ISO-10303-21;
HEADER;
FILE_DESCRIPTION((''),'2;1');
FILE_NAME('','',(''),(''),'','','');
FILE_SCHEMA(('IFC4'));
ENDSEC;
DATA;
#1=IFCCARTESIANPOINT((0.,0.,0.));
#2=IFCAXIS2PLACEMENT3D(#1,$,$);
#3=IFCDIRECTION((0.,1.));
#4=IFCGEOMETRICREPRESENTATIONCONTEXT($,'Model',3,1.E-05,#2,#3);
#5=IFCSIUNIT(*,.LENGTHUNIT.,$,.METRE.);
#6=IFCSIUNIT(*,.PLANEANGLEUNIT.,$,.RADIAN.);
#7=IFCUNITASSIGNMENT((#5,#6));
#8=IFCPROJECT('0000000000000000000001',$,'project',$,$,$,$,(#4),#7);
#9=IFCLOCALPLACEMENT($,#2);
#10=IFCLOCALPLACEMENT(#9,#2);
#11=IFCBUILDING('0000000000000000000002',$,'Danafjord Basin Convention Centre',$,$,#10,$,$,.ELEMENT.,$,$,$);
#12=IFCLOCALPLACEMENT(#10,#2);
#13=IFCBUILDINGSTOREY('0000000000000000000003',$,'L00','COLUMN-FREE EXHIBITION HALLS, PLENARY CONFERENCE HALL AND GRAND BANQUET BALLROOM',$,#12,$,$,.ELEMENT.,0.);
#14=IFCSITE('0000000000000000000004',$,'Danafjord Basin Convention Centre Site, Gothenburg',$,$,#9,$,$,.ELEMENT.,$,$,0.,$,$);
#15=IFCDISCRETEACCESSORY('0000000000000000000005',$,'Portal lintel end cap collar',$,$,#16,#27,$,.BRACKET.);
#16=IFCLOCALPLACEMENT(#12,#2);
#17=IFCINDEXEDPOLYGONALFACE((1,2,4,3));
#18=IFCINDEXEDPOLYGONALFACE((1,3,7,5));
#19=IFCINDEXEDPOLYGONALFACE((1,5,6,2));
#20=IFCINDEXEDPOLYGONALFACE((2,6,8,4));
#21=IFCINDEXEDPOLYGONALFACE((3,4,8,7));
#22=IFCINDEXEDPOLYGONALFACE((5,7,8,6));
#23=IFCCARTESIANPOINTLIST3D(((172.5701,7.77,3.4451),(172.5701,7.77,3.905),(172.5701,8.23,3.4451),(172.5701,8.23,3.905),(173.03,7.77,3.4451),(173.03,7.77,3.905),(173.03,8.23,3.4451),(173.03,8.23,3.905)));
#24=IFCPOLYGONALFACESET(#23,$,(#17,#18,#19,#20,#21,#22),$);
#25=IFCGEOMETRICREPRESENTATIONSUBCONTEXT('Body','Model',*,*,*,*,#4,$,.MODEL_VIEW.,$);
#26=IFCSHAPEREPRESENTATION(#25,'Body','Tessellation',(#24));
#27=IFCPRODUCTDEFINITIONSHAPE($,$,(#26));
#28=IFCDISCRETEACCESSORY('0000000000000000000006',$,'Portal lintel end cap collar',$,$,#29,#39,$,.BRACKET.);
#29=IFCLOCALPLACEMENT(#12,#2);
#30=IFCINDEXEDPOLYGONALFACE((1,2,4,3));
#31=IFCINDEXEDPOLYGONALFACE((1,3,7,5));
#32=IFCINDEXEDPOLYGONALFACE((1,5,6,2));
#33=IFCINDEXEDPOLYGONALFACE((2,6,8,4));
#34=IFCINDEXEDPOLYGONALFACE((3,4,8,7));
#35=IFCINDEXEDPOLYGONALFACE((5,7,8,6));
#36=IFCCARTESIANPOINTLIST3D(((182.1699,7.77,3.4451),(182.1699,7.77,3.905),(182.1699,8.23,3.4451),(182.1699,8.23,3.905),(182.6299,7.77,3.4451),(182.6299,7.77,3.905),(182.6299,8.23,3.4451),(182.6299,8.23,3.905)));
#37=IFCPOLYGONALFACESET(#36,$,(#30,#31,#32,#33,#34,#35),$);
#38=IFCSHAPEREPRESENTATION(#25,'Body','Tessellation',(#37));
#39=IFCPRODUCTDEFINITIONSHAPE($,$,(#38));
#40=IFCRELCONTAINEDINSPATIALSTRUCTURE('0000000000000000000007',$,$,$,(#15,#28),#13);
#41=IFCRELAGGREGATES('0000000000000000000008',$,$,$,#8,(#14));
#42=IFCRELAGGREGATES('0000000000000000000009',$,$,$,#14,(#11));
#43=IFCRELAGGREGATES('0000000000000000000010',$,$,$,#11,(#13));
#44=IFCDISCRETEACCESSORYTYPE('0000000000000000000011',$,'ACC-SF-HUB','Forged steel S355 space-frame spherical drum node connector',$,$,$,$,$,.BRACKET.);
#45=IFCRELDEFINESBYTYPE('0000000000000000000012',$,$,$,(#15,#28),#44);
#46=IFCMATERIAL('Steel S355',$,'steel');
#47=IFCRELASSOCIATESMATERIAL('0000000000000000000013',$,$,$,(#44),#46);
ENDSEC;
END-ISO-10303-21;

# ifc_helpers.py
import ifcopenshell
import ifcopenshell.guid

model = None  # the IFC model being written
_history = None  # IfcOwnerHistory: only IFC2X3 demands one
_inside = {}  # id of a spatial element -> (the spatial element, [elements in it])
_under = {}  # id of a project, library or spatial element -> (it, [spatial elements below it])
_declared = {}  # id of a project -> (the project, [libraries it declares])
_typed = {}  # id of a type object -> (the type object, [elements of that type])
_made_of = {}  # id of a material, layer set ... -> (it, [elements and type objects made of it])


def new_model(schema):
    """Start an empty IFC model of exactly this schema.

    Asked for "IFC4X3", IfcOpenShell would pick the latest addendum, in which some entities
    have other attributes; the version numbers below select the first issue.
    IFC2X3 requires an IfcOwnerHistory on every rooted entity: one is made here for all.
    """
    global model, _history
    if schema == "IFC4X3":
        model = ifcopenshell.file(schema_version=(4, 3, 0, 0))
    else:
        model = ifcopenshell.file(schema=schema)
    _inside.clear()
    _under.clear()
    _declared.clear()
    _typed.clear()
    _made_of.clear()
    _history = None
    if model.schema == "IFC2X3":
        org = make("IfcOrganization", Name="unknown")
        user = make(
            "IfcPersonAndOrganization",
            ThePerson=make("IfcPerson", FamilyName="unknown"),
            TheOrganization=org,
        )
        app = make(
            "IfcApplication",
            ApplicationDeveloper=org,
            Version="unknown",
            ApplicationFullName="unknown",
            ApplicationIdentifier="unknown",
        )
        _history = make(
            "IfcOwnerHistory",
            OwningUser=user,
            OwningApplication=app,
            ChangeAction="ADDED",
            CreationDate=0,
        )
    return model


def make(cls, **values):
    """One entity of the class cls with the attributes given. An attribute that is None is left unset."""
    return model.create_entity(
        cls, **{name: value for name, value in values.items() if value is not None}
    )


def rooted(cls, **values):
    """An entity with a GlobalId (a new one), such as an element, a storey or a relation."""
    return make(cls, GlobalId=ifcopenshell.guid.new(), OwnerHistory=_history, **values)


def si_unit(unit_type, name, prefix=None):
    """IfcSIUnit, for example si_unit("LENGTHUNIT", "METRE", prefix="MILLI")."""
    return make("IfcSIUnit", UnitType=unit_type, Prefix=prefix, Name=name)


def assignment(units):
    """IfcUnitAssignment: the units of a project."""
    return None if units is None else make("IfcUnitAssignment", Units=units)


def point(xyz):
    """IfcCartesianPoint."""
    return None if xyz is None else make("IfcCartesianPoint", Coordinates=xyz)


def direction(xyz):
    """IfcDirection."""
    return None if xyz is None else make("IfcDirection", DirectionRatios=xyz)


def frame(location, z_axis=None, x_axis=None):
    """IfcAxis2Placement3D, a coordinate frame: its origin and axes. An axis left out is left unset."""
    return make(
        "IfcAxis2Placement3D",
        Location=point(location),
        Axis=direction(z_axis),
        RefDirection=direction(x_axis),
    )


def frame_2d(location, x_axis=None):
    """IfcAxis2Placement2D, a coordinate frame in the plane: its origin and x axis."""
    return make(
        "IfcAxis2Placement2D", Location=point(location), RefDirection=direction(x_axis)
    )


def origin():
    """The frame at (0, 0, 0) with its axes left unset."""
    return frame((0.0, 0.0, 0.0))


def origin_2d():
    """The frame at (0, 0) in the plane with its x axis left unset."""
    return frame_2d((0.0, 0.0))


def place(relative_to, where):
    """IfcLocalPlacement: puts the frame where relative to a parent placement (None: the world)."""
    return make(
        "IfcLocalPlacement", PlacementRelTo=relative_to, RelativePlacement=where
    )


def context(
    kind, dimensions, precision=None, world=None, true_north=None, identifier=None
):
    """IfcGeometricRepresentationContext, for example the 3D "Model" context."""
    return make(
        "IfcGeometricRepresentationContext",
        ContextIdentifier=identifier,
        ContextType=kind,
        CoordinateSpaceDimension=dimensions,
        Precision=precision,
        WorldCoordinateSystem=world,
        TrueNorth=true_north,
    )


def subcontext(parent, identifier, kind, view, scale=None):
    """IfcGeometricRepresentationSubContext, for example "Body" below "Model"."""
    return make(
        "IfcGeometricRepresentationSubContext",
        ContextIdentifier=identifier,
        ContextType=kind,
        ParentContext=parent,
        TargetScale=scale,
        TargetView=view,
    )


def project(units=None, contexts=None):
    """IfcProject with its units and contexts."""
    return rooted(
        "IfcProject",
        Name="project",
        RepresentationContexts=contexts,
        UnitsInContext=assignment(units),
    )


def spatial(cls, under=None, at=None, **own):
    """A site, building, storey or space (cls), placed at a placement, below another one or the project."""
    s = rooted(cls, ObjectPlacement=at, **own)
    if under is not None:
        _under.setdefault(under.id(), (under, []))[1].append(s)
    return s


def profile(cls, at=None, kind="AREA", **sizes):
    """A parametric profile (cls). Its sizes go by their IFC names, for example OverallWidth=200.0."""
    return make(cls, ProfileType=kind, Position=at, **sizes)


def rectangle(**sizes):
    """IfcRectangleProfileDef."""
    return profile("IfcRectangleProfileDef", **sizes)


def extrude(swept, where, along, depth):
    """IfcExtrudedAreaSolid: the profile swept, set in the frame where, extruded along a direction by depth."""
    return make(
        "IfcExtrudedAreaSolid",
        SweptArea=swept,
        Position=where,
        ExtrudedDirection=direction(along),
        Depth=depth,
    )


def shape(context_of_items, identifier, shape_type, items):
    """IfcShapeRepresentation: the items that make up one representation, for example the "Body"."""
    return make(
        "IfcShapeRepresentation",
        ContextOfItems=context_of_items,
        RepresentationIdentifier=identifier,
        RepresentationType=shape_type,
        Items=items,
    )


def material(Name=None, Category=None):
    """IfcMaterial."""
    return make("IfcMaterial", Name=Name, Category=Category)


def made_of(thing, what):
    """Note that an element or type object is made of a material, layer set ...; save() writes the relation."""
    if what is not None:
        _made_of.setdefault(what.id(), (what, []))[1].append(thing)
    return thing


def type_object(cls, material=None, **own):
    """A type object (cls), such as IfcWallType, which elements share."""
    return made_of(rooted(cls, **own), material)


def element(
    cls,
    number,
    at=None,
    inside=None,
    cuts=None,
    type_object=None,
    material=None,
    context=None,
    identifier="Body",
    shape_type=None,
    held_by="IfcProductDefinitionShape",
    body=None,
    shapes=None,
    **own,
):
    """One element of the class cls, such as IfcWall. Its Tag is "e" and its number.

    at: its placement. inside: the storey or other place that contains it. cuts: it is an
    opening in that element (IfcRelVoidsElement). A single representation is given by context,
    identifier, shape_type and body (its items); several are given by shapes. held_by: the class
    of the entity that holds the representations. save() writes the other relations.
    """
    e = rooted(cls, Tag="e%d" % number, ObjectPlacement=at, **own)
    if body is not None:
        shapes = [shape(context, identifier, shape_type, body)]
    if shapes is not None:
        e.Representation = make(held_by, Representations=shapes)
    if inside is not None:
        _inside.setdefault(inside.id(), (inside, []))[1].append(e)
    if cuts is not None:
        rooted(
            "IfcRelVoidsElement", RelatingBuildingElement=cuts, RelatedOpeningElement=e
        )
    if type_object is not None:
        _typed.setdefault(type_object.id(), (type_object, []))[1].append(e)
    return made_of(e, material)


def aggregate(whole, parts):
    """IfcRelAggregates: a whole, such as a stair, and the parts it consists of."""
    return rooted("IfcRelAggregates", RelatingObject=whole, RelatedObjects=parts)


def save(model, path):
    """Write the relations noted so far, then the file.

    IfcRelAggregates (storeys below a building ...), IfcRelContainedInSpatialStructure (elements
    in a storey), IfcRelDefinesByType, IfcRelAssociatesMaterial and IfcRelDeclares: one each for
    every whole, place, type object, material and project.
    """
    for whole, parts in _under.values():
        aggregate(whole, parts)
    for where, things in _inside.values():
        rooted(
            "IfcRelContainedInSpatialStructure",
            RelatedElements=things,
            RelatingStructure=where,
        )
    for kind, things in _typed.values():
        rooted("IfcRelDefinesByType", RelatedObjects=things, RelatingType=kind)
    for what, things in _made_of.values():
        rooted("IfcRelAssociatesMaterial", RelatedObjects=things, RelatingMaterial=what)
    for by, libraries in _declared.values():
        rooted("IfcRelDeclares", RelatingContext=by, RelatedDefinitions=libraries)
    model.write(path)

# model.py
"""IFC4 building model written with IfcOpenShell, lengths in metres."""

from ifc_helpers import new_model, si_unit, direction, frame, origin, origin_2d, place, context, subcontext, project, spatial, rectangle, extrude, material, type_object, element, save


model = new_model("IFC4")

# Units and contexts
model_context = context("Model", 3, precision=1e-05, world=origin(), true_north=direction((0.0, 1.0)))
body_context = subcontext(model_context, "Body", "Model", "MODEL_VIEW")
ifc_project = project(units=[si_unit("LENGTHUNIT", "METRE"), si_unit("PLANEANGLEUNIT", "RADIAN")], contexts=[model_context])

# Site, building, storey
site_placement = place(None, origin())
site = spatial("IfcSite", under=ifc_project, at=site_placement, Name="Danafjord Basin Convention Centre Site, Gothenburg", CompositionType="ELEMENT", RefElevation=0.0)
building_placement = place(site_placement, origin())
building = spatial("IfcBuilding", under=site, at=building_placement, Name="Danafjord Basin Convention Centre", CompositionType="ELEMENT")
storey_placement = place(building_placement, origin())
storey = spatial("IfcBuildingStorey", under=building, at=storey_placement, Name="L00", Description="COLUMN-FREE EXHIBITION HALLS, PLENARY CONFERENCE HALL AND GRAND BANQUET BALLROOM", CompositionType="ELEMENT", Elevation=0.0)

# Shared definitions
ifc_material_1 = material(Name="Steel S355", Category="steel")

# Discrete accessories
discrete_accessory_type = type_object("IfcDiscreteAccessoryType", Name="ACC-SF-HUB", Description="Forged steel S355 space-frame spherical drum node connector", PredefinedType="BRACKET", material=ifc_material_1)
for number, where, z_axis, x_axis, name in (
    (1, (172.8, 8.0, 3.4451), (0.0, 0.0, 1.0), (1.0, 0.0, 0.0), "Portal lintel end cap collar"),
    (2, (182.3999, 8.0, 3.4451), (0.0, 0.0, 1.0), (1.0, 0.0, 0.0), "Portal lintel end cap collar"),
):
    element("IfcDiscreteAccessory", number, at=place(storey_placement, frame(where, z_axis=z_axis, x_axis=x_axis)), inside=storey, type_object=discrete_accessory_type, Name=name, PredefinedType="BRACKET", context=body_context, shape_type="SweptSolid", body=[
        extrude(rectangle(XDim=0.46, YDim=0.46, at=origin_2d()), origin(), (0.0, 0.0, 1.0), 0.46),
    ])

save(model, "model.ifc")
